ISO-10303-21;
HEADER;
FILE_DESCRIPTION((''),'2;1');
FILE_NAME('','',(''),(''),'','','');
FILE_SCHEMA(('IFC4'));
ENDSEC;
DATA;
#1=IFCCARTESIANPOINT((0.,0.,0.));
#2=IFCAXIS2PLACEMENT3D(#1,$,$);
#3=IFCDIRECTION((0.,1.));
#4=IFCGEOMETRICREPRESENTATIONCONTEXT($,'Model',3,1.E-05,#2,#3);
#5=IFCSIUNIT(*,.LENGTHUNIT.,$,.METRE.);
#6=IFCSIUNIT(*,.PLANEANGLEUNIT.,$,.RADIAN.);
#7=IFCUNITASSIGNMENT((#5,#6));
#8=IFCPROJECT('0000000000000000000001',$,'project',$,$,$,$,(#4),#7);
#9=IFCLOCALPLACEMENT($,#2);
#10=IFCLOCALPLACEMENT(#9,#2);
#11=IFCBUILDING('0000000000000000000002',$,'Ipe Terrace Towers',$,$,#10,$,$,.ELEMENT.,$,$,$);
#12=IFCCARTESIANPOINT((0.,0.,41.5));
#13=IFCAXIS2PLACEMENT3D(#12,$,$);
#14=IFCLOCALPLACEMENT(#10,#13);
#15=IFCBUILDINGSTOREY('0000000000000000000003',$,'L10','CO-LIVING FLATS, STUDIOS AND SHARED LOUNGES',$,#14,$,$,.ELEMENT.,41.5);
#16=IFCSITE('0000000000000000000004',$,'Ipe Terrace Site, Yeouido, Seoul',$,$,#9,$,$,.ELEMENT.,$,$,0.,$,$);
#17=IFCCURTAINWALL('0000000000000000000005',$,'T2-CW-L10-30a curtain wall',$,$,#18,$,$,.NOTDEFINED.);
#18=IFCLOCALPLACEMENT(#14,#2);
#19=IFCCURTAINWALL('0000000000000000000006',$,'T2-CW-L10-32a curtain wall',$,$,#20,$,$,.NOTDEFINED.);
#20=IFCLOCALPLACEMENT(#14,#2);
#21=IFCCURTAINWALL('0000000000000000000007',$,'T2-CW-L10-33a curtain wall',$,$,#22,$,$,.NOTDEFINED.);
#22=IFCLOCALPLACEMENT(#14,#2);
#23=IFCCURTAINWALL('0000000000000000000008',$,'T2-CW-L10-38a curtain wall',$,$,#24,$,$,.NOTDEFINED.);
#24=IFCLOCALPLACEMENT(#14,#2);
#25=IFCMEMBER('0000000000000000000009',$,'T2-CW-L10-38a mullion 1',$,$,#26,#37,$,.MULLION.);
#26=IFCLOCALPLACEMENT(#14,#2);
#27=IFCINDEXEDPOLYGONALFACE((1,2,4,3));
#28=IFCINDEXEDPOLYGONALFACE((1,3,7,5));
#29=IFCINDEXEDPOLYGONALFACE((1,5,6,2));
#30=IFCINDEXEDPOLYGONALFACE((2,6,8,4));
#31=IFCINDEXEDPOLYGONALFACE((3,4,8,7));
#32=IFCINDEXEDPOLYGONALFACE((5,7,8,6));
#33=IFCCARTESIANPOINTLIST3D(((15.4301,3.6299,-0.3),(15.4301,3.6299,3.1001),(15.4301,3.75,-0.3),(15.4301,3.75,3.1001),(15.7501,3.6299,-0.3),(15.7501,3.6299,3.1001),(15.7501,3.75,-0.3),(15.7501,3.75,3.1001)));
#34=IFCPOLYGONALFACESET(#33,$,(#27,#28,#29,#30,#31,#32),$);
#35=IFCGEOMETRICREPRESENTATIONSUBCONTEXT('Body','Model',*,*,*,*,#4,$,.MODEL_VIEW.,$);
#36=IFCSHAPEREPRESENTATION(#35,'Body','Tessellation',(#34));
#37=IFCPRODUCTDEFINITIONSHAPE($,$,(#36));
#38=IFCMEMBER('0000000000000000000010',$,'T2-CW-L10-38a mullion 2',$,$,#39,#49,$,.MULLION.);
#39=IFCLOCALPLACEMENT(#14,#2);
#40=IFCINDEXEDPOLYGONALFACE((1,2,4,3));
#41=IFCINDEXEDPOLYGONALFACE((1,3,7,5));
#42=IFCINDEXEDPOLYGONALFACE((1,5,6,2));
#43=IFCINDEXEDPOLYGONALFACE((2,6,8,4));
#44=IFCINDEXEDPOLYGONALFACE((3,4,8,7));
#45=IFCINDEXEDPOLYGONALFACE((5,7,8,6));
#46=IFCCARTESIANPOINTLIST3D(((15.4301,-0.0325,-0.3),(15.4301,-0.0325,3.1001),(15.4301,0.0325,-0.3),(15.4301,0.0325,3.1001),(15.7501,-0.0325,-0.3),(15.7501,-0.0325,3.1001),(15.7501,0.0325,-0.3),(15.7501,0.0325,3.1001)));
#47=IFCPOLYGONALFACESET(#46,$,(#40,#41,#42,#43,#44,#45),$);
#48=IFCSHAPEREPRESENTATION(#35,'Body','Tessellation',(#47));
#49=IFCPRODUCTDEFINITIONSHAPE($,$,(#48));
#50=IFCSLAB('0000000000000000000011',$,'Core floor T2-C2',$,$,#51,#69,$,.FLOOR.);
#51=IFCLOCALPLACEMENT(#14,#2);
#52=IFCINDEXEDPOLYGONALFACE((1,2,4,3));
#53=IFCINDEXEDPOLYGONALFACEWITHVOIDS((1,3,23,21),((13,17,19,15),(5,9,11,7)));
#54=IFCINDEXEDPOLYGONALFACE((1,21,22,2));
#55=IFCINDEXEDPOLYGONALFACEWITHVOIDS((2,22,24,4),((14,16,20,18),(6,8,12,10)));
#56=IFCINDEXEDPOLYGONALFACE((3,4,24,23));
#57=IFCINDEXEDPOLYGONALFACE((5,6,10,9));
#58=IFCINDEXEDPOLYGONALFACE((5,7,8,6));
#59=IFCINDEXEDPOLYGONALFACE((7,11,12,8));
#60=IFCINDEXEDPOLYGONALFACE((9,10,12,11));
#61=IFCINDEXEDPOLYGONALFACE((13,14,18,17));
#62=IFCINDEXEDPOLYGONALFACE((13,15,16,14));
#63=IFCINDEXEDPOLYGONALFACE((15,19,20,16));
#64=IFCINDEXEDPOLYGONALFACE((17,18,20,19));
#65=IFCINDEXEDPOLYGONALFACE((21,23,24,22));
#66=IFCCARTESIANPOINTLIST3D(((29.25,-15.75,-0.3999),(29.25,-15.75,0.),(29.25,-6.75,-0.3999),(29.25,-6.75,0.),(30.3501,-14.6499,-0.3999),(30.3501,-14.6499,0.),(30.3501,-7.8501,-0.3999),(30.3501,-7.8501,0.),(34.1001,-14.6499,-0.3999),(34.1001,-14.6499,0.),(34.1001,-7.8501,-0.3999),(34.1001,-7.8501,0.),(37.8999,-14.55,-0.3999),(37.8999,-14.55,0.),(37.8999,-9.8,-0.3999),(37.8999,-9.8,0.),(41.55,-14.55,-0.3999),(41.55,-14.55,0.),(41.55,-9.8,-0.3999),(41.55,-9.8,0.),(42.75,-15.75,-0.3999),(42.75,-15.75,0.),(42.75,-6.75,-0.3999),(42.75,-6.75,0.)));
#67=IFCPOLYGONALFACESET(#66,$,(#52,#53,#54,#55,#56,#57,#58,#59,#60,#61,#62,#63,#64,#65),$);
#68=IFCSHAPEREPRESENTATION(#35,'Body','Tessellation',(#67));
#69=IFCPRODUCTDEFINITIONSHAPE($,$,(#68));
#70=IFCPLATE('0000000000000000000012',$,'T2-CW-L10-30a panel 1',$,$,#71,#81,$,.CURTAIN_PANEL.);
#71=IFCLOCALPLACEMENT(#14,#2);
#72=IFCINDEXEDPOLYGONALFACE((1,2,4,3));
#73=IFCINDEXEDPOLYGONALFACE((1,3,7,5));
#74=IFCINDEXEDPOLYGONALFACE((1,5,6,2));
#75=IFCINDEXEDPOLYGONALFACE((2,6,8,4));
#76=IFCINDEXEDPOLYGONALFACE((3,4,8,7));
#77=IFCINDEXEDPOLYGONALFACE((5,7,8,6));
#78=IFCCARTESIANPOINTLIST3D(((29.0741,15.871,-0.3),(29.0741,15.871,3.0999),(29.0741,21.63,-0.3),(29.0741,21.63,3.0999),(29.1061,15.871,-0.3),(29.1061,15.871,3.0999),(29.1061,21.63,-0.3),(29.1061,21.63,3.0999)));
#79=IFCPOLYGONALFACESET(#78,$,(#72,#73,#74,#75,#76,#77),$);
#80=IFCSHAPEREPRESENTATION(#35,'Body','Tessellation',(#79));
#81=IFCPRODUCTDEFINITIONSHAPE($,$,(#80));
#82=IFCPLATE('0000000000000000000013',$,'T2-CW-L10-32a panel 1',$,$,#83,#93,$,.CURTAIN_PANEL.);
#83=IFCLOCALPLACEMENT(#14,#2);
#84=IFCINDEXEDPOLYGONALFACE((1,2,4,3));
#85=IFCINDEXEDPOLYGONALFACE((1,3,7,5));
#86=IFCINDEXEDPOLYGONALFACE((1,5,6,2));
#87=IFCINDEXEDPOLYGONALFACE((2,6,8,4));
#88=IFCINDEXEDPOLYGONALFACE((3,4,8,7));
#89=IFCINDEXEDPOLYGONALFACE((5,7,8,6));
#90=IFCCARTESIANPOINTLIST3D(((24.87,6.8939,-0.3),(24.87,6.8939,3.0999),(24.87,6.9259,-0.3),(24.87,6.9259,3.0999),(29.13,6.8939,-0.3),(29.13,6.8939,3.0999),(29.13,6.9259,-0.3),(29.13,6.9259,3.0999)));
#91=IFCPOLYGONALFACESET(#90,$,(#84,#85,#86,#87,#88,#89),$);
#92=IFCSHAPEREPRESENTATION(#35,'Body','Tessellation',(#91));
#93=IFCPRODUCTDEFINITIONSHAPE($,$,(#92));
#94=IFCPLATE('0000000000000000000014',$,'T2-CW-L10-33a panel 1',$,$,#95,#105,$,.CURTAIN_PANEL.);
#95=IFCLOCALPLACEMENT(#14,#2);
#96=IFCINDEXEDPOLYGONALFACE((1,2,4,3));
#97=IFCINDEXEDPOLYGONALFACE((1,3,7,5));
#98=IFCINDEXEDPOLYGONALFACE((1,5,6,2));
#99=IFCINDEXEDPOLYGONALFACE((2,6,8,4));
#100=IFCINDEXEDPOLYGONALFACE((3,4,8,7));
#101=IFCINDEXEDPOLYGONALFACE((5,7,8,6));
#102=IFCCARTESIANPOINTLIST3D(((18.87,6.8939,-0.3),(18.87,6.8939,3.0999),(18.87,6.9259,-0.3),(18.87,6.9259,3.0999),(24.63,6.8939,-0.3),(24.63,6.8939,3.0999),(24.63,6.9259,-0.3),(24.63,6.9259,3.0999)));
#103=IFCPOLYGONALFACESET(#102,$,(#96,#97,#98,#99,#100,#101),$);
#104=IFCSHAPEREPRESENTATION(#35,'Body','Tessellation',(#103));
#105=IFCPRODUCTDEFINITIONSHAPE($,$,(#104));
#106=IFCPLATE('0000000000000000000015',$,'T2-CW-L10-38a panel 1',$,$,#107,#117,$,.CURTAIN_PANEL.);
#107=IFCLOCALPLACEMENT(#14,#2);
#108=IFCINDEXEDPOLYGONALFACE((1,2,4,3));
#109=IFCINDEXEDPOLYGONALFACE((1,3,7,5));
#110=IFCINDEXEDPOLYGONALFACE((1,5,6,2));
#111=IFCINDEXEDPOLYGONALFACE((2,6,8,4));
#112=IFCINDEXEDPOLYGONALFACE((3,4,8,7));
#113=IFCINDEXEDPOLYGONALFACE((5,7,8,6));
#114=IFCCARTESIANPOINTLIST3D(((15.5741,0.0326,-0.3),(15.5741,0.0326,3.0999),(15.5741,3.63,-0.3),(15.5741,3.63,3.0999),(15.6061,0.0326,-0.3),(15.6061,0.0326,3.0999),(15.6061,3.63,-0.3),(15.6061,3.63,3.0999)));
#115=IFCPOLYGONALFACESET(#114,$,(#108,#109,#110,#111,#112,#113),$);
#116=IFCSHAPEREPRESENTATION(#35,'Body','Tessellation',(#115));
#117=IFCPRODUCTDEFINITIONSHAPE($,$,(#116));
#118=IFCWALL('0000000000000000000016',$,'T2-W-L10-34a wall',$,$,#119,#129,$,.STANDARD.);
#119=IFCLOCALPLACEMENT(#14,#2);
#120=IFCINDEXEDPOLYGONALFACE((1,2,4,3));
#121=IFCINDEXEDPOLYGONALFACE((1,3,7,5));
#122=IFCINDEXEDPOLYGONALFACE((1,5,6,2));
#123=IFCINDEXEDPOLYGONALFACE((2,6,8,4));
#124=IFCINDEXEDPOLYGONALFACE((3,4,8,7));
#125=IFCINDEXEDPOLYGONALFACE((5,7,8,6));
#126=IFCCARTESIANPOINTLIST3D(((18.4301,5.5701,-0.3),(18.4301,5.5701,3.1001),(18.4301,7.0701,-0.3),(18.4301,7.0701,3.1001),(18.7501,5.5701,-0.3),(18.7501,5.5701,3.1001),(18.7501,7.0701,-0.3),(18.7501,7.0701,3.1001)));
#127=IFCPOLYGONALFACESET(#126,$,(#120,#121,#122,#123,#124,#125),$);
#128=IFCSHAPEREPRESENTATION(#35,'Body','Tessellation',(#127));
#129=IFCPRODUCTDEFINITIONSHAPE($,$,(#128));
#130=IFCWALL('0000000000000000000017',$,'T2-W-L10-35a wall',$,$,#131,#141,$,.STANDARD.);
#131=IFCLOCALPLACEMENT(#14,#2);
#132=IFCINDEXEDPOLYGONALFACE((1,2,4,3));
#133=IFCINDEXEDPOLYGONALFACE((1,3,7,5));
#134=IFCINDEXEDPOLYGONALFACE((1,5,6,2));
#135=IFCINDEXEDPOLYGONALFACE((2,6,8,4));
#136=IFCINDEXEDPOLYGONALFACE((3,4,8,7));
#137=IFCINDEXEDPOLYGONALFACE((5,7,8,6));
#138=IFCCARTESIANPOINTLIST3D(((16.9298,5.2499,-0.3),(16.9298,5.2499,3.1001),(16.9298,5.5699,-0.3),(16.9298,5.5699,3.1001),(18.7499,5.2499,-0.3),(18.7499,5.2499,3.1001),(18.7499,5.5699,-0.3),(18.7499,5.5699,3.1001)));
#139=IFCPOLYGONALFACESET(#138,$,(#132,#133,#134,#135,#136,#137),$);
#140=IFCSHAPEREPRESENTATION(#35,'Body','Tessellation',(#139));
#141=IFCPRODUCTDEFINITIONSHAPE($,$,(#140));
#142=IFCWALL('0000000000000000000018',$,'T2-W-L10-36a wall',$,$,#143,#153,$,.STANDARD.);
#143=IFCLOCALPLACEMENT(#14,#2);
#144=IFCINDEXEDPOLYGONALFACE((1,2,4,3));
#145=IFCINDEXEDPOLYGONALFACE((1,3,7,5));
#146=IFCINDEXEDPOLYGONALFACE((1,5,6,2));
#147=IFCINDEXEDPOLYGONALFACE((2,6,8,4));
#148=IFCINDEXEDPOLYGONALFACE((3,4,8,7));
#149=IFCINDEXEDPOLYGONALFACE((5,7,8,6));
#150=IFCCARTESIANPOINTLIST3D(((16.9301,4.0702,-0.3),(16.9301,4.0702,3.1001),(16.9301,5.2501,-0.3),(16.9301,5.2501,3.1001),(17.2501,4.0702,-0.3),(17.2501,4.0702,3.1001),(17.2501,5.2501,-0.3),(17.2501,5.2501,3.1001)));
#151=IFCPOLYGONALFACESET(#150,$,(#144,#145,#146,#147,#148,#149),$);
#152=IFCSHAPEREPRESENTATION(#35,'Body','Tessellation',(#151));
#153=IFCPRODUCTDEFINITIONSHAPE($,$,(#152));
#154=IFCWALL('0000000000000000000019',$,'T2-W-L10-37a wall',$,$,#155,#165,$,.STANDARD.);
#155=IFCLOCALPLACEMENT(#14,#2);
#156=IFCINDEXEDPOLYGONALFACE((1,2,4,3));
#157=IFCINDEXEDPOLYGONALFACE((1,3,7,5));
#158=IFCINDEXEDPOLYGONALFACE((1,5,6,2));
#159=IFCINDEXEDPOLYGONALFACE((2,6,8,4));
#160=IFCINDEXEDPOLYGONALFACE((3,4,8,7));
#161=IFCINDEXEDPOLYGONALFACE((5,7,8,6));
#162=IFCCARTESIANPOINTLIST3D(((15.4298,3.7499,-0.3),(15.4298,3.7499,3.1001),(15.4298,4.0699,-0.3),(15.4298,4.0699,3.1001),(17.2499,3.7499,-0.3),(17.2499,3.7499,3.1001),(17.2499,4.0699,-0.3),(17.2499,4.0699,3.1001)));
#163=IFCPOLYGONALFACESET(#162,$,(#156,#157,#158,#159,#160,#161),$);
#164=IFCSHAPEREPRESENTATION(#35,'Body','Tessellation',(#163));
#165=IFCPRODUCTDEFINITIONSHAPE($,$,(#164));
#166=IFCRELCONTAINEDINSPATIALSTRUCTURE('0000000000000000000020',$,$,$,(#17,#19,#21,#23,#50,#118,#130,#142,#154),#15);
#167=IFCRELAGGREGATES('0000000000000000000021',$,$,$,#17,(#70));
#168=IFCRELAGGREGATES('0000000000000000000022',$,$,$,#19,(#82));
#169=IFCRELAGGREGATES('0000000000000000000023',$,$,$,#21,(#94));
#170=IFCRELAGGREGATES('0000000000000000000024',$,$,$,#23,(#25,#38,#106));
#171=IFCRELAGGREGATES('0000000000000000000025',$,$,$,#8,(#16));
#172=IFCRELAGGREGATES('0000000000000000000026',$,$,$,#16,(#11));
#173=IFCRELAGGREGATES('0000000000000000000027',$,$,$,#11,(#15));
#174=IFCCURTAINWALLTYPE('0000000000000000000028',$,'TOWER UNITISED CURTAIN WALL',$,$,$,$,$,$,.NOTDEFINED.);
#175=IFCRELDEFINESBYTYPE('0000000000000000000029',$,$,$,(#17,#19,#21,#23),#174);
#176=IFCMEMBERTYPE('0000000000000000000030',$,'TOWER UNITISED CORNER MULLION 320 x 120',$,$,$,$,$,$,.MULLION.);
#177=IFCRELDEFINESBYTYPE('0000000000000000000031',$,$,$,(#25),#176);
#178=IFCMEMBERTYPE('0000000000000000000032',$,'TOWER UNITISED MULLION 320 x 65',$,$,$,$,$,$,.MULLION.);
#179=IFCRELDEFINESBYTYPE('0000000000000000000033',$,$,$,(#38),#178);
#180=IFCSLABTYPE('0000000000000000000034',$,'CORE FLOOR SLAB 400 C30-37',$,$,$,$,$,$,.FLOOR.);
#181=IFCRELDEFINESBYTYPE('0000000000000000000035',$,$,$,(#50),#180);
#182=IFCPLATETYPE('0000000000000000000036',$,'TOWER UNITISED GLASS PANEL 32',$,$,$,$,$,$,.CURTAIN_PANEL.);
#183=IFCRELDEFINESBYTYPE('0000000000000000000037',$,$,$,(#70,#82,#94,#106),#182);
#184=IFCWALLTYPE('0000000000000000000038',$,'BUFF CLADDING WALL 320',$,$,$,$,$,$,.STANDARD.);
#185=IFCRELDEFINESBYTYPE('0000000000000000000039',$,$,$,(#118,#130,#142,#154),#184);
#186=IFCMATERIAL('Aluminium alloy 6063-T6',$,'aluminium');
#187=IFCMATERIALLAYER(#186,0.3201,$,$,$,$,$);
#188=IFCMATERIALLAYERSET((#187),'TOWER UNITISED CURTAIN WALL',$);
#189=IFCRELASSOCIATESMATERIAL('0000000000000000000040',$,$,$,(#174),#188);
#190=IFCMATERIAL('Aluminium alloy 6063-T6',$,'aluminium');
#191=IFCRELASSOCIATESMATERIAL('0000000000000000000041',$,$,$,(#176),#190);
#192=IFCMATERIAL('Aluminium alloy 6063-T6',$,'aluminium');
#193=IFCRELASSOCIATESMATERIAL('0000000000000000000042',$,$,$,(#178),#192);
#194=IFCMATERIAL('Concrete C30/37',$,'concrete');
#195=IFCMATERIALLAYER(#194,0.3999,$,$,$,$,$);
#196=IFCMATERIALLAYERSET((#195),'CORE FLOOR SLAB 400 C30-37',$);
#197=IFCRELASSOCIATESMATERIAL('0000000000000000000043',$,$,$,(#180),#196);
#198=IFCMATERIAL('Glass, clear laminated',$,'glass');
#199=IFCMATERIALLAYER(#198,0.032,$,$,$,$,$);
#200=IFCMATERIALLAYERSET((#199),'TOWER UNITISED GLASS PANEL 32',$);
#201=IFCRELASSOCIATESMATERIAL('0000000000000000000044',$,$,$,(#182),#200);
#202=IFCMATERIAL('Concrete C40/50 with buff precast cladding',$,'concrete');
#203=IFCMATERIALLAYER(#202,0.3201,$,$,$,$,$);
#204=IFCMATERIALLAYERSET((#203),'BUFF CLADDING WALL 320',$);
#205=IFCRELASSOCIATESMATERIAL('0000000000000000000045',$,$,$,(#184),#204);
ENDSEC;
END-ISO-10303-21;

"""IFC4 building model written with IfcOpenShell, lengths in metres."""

from ifc_helpers import new_model, si_unit, direction, frame, frame_2d, origin, origin_2d, place, context, subcontext, project, spatial, polyline, rectangle, outline, extrude, material, layer, layer_set, material_profile, profile_set, type_object, element, aggregate, save


model = new_model("IFC4")

# Units and contexts
model_context = context("Model", 3, precision=1e-05, world=origin(), true_north=direction((0.0, 1.0)))
body_context = subcontext(model_context, "Body", "Model", "MODEL_VIEW")
ifc_project = project(units=[si_unit("LENGTHUNIT", "METRE"), si_unit("PLANEANGLEUNIT", "RADIAN")], contexts=[model_context])

# Site, building, storey
site_placement = place(None, origin())
site = spatial("IfcSite", under=ifc_project, at=site_placement, Name="Ipe Terrace Site, Yeouido, Seoul", CompositionType="ELEMENT", RefElevation=0.0)
building_placement = place(site_placement, origin())
building = spatial("IfcBuilding", under=site, at=building_placement, Name="Ipe Terrace Towers", CompositionType="ELEMENT")
storey_placement = place(building_placement, frame((0.0, 0.0, 41.5)))
storey = spatial("IfcBuildingStorey", under=building, at=storey_placement, Name="L10", Description="CO-LIVING FLATS, STUDIOS AND SHARED LOUNGES", CompositionType="ELEMENT", Elevation=41.5)

# Curtain walls
ifc_material_1 = material(Name="Aluminium alloy 6063-T6", Category="aluminium")
ifc_layer_1 = layer(ifc_material_1, 0.3201)
ifc_layer_set_1 = layer_set([ifc_layer_1], Name="TOWER UNITISED CURTAIN WALL")
curtain_wall_type = type_object("IfcCurtainWallType", Name="TOWER UNITISED CURTAIN WALL", PredefinedType="NOTDEFINED", material=ifc_layer_set_1)
curtain_wall_1_placement = place(storey_placement, origin())
curtain_wall_1 = element("IfcCurtainWall", 1, at=curtain_wall_1_placement, inside=storey, type_object=curtain_wall_type, Name="T2-CW-L10-30a curtain wall", PredefinedType="NOTDEFINED")
ifc_material_2 = material(Name="Aluminium alloy 6063-T6", Category="aluminium")
ifc_material_profile_1 = material_profile(ifc_material_2, rectangle(XDim=0.3201, YDim=0.1201, at=origin_2d()), Name="TOWER UNITISED CORNER MULLION 320 x 120")
ifc_profile_set_1 = profile_set([ifc_material_profile_1], Name="Aluminium alloy 6063-T6")
member_type_1 = type_object("IfcMemberType", Name="TOWER UNITISED CORNER MULLION 320 x 120", PredefinedType="MULLION", material=ifc_profile_set_1)
curtain_wall_2_placement = place(storey_placement, origin())
curtain_wall_2 = element("IfcCurtainWall", 2, at=curtain_wall_2_placement, inside=storey, type_object=curtain_wall_type, Name="T2-CW-L10-32a curtain wall", PredefinedType="NOTDEFINED")

# Curtain walls, members
curtain_wall_3_placement = place(storey_placement, origin())
curtain_wall_3 = element("IfcCurtainWall", 3, at=curtain_wall_3_placement, inside=storey, type_object=curtain_wall_type, Name="T2-CW-L10-33a curtain wall", PredefinedType="NOTDEFINED")
curtain_wall_4_placement = place(storey_placement, origin())
curtain_wall_4 = element("IfcCurtainWall", 4, at=curtain_wall_4_placement, inside=storey, type_object=curtain_wall_type, Name="T2-CW-L10-38a curtain wall", PredefinedType="NOTDEFINED")
member_1_placement = place(storey_placement, frame((15.5901, 3.6899, -0.3), z_axis=(0.0, 0.0, 1.0), x_axis=(-1.0, 0.0, 0.0)))
member_1 = element("IfcMember", 5, at=member_1_placement, type_object=member_type_1, Name="T2-CW-L10-38a mullion 1", PredefinedType="MULLION", context=body_context, shape_type="SweptSolid", body=[
    extrude(rectangle(XDim=0.3201, YDim=0.1201, at=origin_2d()), origin(), (0.0, 0.0, 1.0), 3.4001),
])
ifc_material_3 = material(Name="Aluminium alloy 6063-T6", Category="aluminium")
ifc_material_profile_2 = material_profile(ifc_material_3, rectangle(XDim=0.3201, YDim=0.0649, at=origin_2d()), Name="TOWER UNITISED MULLION 320 x 65")
ifc_profile_set_2 = profile_set([ifc_material_profile_2], Name="Aluminium alloy 6063-T6")
member_type_2 = type_object("IfcMemberType", Name="TOWER UNITISED MULLION 320 x 65", PredefinedType="MULLION", material=ifc_profile_set_2)
member_2_placement = place(storey_placement, frame((15.5901, 0.0, -0.3), z_axis=(0.0, 0.0, 1.0), x_axis=(-1.0, 0.0, 0.0)))
member_2 = element("IfcMember", 6, at=member_2_placement, type_object=member_type_2, Name="T2-CW-L10-38a mullion 2", PredefinedType="MULLION", context=body_context, shape_type="SweptSolid", body=[
    extrude(rectangle(XDim=0.3201, YDim=0.0649, at=origin_2d()), origin(), (0.0, 0.0, 1.0), 3.4001),
])

# Slab
ifc_material_4 = material(Name="Concrete C30/37", Category="concrete")
ifc_layer_2 = layer(ifc_material_4, 0.3999)
ifc_layer_set_2 = layer_set([ifc_layer_2], Name="CORE FLOOR SLAB 400 C30-37")
slab_type = type_object("IfcSlabType", Name="CORE FLOOR SLAB 400 C30-37", PredefinedType="FLOOR", material=ifc_layer_set_2)
slab_placement = place(storey_placement, frame((0.0, 0.0, -0.3999)))
element("IfcSlab", 7, at=slab_placement, inside=storey, type_object=slab_type, Name="Core floor T2-C2", PredefinedType="FLOOR", context=body_context, shape_type="SweptSolid", body=[
    extrude(outline(polyline([(29.25, -15.75), (29.25, -6.75), (42.75, -6.75), (42.75, -15.75), (29.25, -15.75)]), holes=[polyline([(34.1001, -14.6499), (34.1001, -7.8501), (30.3501, -7.8501), (30.3501, -14.6499), (34.1001, -14.6499)]), polyline([(41.55, -9.8), (37.8999, -9.8), (37.8999, -14.55), (41.55, -14.55), (41.55, -9.8)])]), origin(), (0.0, 0.0, 1.0), 0.3999),
])

# Plates
ifc_material_5 = material(Name="Glass, clear laminated", Category="glass")
ifc_layer_3 = layer(ifc_material_5, 0.032)
ifc_layer_set_3 = layer_set([ifc_layer_3], Name="TOWER UNITISED GLASS PANEL 32")
plate_type = type_object("IfcPlateType", Name="TOWER UNITISED GLASS PANEL 32", PredefinedType="CURTAIN_PANEL", material=ifc_layer_set_3)
plate_1_placement = place(storey_placement, frame((29.0901, 18.7505, -0.3), z_axis=(0.0, 0.0, 1.0), x_axis=(0.0, -1.0, 0.0)))
plate_1 = element("IfcPlate", 8, at=plate_1_placement, type_object=plate_type, Name="T2-CW-L10-30a panel 1", PredefinedType="CURTAIN_PANEL", context=body_context, shape_type="SweptSolid", body=[
    extrude(rectangle(XDim=5.759, YDim=0.032, at=origin_2d()), origin(), (0.0, 0.0, 1.0), 3.3999),
])
aggregate(curtain_wall_1, [plate_1])
plate_2_placement = place(storey_placement, frame((27.0, 6.9099, -0.3), z_axis=(0.0, 0.0, 1.0), x_axis=(-1.0, 0.0, 0.0)))
plate_2 = element("IfcPlate", 9, at=plate_2_placement, type_object=plate_type, Name="T2-CW-L10-32a panel 1", PredefinedType="CURTAIN_PANEL", context=body_context, shape_type="SweptSolid", body=[
    extrude(rectangle(XDim=4.26, YDim=0.032, at=origin_2d()), origin(), (0.0, 0.0, 1.0), 3.3999),
])
aggregate(curtain_wall_2, [plate_2])
plate_3_placement = place(storey_placement, frame((21.75, 6.9099, -0.3), z_axis=(0.0, 0.0, 1.0), x_axis=(-1.0, 0.0, 0.0)))
plate_3 = element("IfcPlate", 10, at=plate_3_placement, type_object=plate_type, Name="T2-CW-L10-33a panel 1", PredefinedType="CURTAIN_PANEL", context=body_context, shape_type="SweptSolid", body=[
    extrude(rectangle(XDim=5.76, YDim=0.032, at=origin_2d()), origin(), (0.0, 0.0, 1.0), 3.3999),
])
aggregate(curtain_wall_3, [plate_3])
plate_4_placement = place(storey_placement, frame((15.5901, 1.8313, -0.3), z_axis=(0.0, 0.0, 1.0), x_axis=(0.0, -1.0, 0.0)))
plate_4 = element("IfcPlate", 11, at=plate_4_placement, type_object=plate_type, Name="T2-CW-L10-38a panel 1", PredefinedType="CURTAIN_PANEL", context=body_context, shape_type="SweptSolid", body=[
    extrude(rectangle(XDim=3.5974, YDim=0.032, at=origin_2d()), origin(), (0.0, 0.0, 1.0), 3.3999),
])
aggregate(curtain_wall_4, [member_1, member_2, plate_4])

# Walls
ifc_material_6 = material(Name="Concrete C40/50 with buff precast cladding", Category="concrete")
ifc_layer_4 = layer(ifc_material_6, 0.3201)
ifc_layer_set_4 = layer_set([ifc_layer_4], Name="BUFF CLADDING WALL 320")
wall_type_1 = type_object("IfcWallType", Name="BUFF CLADDING WALL 320", PredefinedType="STANDARD", material=ifc_layer_set_4)
wall_1_placement = place(storey_placement, frame((18.5901, 7.0701, -0.3), z_axis=(0.0, 0.0, 1.0), x_axis=(0.0, -1.0, 0.0)))
element("IfcWall", 12, at=wall_1_placement, inside=storey, type_object=wall_type_1, Name="T2-W-L10-34a wall", PredefinedType="STANDARD", context=body_context, shape_type="SweptSolid", body=[
    extrude(rectangle(XDim=1.5, YDim=0.3201, at=frame_2d((0.75, 0.0))), origin(), (0.0, 0.0, 1.0), 3.4001),
])
wall_2_placement = place(storey_placement, frame((18.75, 5.4099, -0.3), z_axis=(0.0, 0.0, 1.0), x_axis=(-1.0, 0.0, 0.0)))
element("IfcWall", 13, at=wall_2_placement, inside=storey, type_object=wall_type_1, Name="T2-W-L10-35a wall", PredefinedType="STANDARD", context=body_context, shape_type="SweptSolid", body=[
    extrude(rectangle(XDim=1.8201, YDim=0.3201, at=frame_2d((0.9102, 0.0))), origin(), (0.0, 0.0, 1.0), 3.4001),
])
wall_3_placement = place(storey_placement, frame((17.0901, 5.25, -0.3), z_axis=(0.0, 0.0, 1.0), x_axis=(0.0, -1.0, 0.0)))
element("IfcWall", 14, at=wall_3_placement, inside=storey, type_object=wall_type_1, Name="T2-W-L10-36a wall", PredefinedType="STANDARD", context=body_context, shape_type="SweptSolid", body=[
    extrude(rectangle(XDim=1.1799, YDim=0.3201, at=frame_2d((0.5898, 0.0))), origin(), (0.0, 0.0, 1.0), 3.4001),
])
wall_4_placement = place(storey_placement, frame((17.25, 3.9099, -0.3), z_axis=(0.0, 0.0, 1.0), x_axis=(-1.0, 0.0, 0.0)))
element("IfcWall", 15, at=wall_4_placement, inside=storey, type_object=wall_type_1, Name="T2-W-L10-37a wall", PredefinedType="STANDARD", context=body_context, shape_type="SweptSolid", body=[
    extrude(rectangle(XDim=1.8201, YDim=0.3201, at=frame_2d((0.9102, 0.0))), origin(), (0.0, 0.0, 1.0), 3.4001),
])

save(model, "model.ifc")
